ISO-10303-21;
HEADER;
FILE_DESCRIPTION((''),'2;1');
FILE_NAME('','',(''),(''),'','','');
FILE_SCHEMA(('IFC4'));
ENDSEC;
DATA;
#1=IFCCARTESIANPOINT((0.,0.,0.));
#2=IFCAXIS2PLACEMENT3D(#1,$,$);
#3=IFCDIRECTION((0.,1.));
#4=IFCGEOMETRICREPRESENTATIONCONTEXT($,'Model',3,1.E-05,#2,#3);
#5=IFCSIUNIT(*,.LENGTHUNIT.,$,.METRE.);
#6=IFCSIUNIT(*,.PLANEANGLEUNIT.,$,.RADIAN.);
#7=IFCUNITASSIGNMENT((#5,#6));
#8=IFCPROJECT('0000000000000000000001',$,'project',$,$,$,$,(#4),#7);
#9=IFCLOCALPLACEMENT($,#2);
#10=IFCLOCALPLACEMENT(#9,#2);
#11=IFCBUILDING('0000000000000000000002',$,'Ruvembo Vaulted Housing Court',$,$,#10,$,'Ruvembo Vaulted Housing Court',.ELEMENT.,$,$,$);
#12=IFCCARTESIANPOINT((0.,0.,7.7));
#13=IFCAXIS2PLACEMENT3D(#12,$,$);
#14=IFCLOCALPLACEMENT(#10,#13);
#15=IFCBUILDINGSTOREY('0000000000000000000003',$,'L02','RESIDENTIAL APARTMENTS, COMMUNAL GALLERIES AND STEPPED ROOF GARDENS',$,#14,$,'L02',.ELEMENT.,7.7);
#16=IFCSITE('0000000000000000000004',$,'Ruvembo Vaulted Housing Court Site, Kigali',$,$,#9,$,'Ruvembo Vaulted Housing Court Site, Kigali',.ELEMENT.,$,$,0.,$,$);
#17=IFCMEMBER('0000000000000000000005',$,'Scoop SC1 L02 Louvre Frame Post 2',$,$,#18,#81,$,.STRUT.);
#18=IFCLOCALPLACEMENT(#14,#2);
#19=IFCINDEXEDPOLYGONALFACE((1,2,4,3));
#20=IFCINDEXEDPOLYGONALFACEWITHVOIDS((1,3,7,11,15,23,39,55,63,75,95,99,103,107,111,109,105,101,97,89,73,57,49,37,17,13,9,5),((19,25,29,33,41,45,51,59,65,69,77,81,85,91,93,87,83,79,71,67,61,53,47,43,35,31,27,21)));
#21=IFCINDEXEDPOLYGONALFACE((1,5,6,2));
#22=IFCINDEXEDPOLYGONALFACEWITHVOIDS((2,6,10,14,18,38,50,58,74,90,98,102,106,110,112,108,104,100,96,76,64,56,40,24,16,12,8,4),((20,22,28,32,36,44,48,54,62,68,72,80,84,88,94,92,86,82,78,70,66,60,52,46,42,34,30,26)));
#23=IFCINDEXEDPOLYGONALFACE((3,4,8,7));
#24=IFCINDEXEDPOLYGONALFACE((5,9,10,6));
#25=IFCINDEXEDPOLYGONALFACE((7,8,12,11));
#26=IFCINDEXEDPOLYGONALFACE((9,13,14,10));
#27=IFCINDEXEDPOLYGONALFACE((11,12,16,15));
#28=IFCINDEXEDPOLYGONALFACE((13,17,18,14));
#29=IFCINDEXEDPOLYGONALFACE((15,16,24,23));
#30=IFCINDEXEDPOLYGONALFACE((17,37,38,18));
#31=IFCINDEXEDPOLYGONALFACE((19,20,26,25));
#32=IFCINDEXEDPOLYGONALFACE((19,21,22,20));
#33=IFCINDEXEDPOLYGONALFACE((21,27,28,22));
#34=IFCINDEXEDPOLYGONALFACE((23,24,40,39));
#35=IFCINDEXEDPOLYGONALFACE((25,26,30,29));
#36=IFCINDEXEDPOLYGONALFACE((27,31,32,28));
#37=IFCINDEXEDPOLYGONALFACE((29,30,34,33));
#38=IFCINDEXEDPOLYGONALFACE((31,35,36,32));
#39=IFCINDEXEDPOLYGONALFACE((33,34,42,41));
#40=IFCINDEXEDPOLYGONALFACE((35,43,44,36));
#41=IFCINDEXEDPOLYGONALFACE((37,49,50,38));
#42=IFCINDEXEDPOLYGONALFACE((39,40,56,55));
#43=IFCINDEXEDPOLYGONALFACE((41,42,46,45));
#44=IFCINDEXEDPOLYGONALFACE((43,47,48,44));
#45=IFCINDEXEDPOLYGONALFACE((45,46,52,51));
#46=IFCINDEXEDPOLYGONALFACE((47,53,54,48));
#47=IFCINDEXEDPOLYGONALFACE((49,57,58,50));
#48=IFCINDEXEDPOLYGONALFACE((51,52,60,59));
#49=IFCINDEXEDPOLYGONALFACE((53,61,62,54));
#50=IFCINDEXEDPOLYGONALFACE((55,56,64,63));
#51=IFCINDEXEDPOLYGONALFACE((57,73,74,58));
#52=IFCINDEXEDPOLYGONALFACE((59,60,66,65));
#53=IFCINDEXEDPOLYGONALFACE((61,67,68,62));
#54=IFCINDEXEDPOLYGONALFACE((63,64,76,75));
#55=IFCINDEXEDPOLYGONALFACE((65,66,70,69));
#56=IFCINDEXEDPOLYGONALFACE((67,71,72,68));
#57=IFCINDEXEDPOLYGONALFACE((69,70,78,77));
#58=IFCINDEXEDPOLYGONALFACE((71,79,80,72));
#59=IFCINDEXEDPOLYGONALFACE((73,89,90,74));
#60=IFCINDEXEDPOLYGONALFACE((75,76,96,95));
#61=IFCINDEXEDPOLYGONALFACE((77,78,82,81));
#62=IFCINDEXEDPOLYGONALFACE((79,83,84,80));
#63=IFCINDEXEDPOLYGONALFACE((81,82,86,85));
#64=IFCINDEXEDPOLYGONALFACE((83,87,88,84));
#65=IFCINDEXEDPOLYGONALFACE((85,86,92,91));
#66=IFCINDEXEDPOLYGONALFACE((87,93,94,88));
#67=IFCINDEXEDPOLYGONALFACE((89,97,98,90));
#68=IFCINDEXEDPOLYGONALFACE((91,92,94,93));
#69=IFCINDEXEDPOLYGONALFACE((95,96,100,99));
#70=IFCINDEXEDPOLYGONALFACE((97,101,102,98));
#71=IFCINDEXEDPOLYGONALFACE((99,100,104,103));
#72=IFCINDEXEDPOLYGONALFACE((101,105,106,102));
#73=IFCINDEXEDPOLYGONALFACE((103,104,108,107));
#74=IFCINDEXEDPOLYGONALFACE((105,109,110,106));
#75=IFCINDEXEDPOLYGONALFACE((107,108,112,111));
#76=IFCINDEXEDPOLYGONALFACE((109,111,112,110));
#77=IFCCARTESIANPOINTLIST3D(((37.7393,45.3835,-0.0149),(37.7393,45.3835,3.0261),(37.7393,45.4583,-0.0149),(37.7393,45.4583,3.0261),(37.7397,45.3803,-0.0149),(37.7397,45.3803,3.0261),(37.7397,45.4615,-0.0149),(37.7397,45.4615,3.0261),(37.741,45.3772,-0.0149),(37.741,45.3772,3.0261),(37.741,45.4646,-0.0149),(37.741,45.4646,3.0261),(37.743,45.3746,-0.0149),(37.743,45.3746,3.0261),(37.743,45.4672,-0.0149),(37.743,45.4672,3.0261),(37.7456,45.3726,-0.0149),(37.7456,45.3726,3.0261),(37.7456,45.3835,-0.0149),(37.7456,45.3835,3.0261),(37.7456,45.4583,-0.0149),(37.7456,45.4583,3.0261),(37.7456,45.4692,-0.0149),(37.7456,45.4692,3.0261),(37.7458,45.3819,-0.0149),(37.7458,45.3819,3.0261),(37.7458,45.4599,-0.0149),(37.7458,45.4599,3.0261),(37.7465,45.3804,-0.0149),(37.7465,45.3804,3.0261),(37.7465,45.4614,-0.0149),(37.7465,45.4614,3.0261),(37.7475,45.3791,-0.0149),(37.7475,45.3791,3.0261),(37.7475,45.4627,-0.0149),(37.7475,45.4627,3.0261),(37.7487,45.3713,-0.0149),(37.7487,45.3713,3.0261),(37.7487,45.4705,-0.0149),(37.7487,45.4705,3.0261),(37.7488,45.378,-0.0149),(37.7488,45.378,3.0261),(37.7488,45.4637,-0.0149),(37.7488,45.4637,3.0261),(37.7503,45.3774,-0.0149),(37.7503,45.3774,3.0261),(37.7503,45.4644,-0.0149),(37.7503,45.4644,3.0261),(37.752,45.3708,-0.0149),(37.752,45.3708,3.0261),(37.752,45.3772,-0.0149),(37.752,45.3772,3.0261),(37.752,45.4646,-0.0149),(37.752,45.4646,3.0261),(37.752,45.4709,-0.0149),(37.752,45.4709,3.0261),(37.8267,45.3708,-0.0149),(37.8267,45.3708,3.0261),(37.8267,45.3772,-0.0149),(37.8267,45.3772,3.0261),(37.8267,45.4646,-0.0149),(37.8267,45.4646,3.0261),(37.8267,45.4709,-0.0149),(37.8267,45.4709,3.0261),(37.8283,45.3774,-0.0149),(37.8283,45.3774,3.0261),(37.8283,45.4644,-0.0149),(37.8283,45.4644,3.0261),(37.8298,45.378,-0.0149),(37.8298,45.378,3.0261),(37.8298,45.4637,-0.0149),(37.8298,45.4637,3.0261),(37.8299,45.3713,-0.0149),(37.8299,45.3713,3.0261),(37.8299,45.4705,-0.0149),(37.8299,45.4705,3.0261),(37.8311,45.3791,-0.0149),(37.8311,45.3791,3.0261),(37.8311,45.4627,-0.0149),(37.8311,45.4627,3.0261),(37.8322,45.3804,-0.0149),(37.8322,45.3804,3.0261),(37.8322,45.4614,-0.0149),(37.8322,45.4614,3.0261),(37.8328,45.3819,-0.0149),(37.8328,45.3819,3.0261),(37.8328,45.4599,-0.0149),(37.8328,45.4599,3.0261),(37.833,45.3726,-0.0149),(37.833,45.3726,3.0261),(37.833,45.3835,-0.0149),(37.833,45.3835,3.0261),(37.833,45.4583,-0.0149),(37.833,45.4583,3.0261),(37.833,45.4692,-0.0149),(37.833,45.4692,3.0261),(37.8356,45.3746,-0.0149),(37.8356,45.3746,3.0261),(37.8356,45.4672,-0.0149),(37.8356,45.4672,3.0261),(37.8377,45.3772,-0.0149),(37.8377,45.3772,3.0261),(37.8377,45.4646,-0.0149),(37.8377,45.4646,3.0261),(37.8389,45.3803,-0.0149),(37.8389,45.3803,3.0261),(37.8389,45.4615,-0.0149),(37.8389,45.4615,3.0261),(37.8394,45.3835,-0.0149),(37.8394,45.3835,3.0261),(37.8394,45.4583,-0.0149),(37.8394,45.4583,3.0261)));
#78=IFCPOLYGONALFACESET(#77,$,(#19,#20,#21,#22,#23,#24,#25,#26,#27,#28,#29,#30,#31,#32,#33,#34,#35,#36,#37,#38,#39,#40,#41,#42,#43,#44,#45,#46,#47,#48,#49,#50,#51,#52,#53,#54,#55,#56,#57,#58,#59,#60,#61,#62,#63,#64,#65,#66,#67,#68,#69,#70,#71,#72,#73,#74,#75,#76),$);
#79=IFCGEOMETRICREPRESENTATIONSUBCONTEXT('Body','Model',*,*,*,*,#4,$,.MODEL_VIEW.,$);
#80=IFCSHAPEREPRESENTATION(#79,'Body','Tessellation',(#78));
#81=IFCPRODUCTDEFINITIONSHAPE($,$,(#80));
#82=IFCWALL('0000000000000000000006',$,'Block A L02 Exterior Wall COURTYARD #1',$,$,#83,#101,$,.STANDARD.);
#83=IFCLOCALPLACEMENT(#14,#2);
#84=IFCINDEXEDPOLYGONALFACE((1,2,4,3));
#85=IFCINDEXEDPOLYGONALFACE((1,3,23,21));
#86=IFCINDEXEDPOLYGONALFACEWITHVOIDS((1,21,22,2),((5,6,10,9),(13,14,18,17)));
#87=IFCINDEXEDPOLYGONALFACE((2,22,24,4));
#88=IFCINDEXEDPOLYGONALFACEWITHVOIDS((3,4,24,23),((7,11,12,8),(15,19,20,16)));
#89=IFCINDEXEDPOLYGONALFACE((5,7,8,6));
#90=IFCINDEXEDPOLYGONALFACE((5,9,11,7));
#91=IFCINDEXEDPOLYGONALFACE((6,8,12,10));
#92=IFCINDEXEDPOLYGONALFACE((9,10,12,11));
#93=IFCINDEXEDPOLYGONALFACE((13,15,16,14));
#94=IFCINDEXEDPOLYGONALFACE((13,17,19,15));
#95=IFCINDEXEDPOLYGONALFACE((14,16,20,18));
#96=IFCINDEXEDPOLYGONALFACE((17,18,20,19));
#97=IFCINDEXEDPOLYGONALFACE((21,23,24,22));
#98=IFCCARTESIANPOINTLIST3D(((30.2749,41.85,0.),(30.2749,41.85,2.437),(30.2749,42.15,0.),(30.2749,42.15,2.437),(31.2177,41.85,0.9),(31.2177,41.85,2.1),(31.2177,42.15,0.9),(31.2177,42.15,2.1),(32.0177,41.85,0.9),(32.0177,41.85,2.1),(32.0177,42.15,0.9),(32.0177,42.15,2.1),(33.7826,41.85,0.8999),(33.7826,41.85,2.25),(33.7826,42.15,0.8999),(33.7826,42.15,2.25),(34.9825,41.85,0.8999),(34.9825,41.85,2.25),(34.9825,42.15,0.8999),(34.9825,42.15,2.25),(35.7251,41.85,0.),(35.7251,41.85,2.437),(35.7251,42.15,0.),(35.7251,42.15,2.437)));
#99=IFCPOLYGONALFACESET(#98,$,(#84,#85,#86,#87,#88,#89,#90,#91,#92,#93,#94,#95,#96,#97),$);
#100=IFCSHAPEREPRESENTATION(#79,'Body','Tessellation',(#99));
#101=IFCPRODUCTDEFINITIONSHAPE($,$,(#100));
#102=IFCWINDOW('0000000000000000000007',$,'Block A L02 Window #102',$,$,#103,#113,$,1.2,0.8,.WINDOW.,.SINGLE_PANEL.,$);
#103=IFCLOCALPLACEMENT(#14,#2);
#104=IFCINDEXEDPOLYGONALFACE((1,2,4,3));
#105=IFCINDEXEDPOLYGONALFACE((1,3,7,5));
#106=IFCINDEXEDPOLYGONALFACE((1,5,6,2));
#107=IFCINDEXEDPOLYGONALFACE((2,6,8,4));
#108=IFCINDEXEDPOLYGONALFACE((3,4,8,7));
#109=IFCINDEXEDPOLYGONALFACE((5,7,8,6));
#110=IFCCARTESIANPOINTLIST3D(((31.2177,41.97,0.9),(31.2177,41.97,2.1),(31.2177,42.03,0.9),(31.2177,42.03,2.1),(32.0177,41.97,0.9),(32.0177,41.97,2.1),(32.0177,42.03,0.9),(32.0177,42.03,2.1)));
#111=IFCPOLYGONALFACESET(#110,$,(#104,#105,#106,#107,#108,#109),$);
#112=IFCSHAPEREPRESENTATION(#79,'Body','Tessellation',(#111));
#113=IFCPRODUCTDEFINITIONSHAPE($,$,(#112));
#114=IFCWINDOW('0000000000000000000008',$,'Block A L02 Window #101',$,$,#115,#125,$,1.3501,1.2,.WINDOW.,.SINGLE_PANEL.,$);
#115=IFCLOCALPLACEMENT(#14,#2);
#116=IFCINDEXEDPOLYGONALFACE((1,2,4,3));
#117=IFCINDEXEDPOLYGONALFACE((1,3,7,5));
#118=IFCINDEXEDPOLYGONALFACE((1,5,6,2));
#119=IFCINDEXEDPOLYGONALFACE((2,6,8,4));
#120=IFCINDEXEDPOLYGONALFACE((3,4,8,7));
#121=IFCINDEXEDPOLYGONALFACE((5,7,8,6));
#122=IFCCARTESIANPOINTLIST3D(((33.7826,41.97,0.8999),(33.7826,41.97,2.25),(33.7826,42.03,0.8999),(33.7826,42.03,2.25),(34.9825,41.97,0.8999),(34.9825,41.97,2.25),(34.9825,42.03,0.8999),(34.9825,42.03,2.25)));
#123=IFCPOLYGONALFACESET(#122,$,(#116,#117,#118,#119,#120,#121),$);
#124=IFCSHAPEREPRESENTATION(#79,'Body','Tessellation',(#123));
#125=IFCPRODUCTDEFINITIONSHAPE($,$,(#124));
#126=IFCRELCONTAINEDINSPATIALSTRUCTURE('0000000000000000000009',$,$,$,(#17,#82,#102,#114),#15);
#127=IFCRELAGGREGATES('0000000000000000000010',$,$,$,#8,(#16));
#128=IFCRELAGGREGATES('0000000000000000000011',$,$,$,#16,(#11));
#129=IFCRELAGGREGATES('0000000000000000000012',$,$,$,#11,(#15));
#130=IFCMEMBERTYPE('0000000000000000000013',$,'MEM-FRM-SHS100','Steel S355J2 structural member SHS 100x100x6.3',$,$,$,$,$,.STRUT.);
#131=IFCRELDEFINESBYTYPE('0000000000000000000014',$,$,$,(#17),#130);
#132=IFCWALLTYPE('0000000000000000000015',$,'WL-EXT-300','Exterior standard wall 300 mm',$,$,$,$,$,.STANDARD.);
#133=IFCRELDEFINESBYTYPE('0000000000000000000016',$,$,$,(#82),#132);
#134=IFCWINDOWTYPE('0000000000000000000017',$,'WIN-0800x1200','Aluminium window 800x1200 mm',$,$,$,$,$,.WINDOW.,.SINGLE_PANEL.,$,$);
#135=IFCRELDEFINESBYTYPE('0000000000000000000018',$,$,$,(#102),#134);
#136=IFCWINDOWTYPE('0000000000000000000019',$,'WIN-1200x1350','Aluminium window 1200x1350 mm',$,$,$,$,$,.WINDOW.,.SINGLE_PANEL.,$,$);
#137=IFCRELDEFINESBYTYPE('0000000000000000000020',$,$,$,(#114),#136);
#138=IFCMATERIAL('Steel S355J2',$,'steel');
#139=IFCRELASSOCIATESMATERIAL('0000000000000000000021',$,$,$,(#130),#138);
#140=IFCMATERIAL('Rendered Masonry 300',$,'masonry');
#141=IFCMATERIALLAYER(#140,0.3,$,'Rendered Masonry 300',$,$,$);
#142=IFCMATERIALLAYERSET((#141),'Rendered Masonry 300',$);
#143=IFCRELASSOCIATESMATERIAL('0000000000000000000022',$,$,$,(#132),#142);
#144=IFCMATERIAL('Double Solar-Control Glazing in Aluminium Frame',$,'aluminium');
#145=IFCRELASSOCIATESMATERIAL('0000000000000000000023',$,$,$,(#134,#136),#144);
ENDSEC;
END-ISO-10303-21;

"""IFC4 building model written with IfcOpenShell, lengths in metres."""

from ifc_helpers import new_model, si_unit, direction, frame, frame_2d, origin, origin_2d, place, context, subcontext, project, spatial, rectangle, hollow_rectangle, extrude, material, layer, layer_set, material_profile, profile_set, type_object, element, fill, save


model = new_model("IFC4")

# Units and contexts
model_context = context("Model", 3, precision=1e-05, world=origin(), true_north=direction((0.0, 1.0)))
body_context = subcontext(model_context, "Body", "Model", "MODEL_VIEW")
ifc_project = project(units=[si_unit("LENGTHUNIT", "METRE"), si_unit("PLANEANGLEUNIT", "RADIAN")], contexts=[model_context])

# Site, building, storey
site_placement = place(None, origin())
site = spatial("IfcSite", under=ifc_project, at=site_placement, Name="Ruvembo Vaulted Housing Court Site, Kigali", LongName="Ruvembo Vaulted Housing Court Site, Kigali", CompositionType="ELEMENT", RefElevation=0.0)
building_placement = place(site_placement, origin())
building = spatial("IfcBuilding", under=site, at=building_placement, Name="Ruvembo Vaulted Housing Court", LongName="Ruvembo Vaulted Housing Court", CompositionType="ELEMENT")
storey_placement = place(building_placement, frame((0.0, 0.0, 7.7)))
storey = spatial("IfcBuildingStorey", under=building, at=storey_placement, Name="L02", Description="RESIDENTIAL APARTMENTS, COMMUNAL GALLERIES AND STEPPED ROOF GARDENS", LongName="L02", CompositionType="ELEMENT", Elevation=7.7)

# Shared definitions
ifc_material_1 = material(Name="Steel S355J2", Category="steel")

# Member
ifc_material_profile_1 = material_profile(ifc_material_1, hollow_rectangle(XDim=0.1001, YDim=0.1001, WallThickness=0.0063, InnerFilletRadius=0.0063, OuterFilletRadius=0.0127, at=origin_2d()), Name="SHS 100x100x6.3")
ifc_profile_set_1 = profile_set([ifc_material_profile_1], Name="Steel S355J2")
member_type_1 = type_object("IfcMemberType", Name="MEM-FRM-SHS100", Description="Steel S355J2 structural member SHS 100x100x6.3", PredefinedType="STRUT", material=ifc_profile_set_1)
for number, where, z_axis, x_axis, name in (
    (1, (37.7893, 45.4209, -0.0149), (0.0, 0.0, 1.0), (1.0, 0.0, 0.0), "Scoop SC1 L02 Louvre Frame Post 2"),
):
    element("IfcMember", number, at=place(storey_placement, frame(where, z_axis=z_axis, x_axis=x_axis)), inside=storey, type_object=member_type_1, Name=name, PredefinedType="STRUT", context=body_context, shape_type="SweptSolid", body=[
        extrude(hollow_rectangle(XDim=0.1001, YDim=0.1001, WallThickness=0.0063, InnerFilletRadius=0.0063, OuterFilletRadius=0.0127, at=origin_2d()), origin(), (0.0, 0.0, 1.0), 3.041),
    ])

# Wall, openings, windows
ifc_material_2 = material(Name="Rendered Masonry 300", Category="masonry")
ifc_layer_1 = layer(ifc_material_2, 0.3, Name="Rendered Masonry 300")
ifc_layer_set_1 = layer_set([ifc_layer_1], Name="Rendered Masonry 300")
wall_type = type_object("IfcWallType", Name="WL-EXT-300", Description="Exterior standard wall 300 mm", PredefinedType="STANDARD", material=ifc_layer_set_1)
wall_placement = place(storey_placement, frame((35.7251, 42.0, 0.0), z_axis=(0.0, 0.0, 1.0), x_axis=(-1.0, 0.0, 0.0)))
wall = element("IfcWall", 2, at=wall_placement, inside=storey, type_object=wall_type, Name="Block A L02 Exterior Wall COURTYARD #1", PredefinedType="STANDARD", context=body_context, shape_type="SweptSolid", body=[
    extrude(rectangle(XDim=5.4502, YDim=0.3, at=frame_2d((2.7251, 0.0))), origin(), (0.0, 0.0, 1.0), 2.437),
])
opening_1_placement = place(wall_placement, frame((0.7424, 0.0, 0.8999)))
opening_1 = element("IfcOpeningElement", 3, at=opening_1_placement, cuts=wall, PredefinedType="OPENING", context=body_context, shape_type="SweptSolid", body=[
    extrude(rectangle(XDim=1.2, YDim=1.3501, at=frame_2d((0.6001, 0.675))), frame((0.0, 0.1599, 0.0), z_axis=(0.0, -1.0, 0.0), x_axis=(1.0, 0.0, 0.0)), (0.0, 0.0, 1.0), 0.3201),
])
opening_2_placement = place(wall_placement, frame((3.7075, 0.0, 0.8999)))
opening_2 = element("IfcOpeningElement", 4, at=opening_2_placement, cuts=wall, PredefinedType="OPENING", context=body_context, shape_type="SweptSolid", body=[
    extrude(rectangle(XDim=0.8, YDim=1.2, at=frame_2d((0.3999, 0.6001))), frame((0.0, 0.1599, 0.0), z_axis=(0.0, -1.0, 0.0), x_axis=(1.0, 0.0, 0.0)), (0.0, 0.0, 1.0), 0.3201),
])
ifc_material_3 = material(Name="Double Solar-Control Glazing in Aluminium Frame", Category="aluminium")
window_type_1 = type_object("IfcWindowType", Name="WIN-0800x1200", Description="Aluminium window 800x1200 mm", PartitioningType="SINGLE_PANEL", PredefinedType="WINDOW", material=ifc_material_3)
window_1_placement = place(opening_2_placement, origin())
window_1 = element("IfcWindow", 5, at=window_1_placement, inside=storey, type_object=window_type_1, Name="Block A L02 Window #102", OverallHeight=1.2, OverallWidth=0.8, PartitioningType="SINGLE_PANEL", PredefinedType="WINDOW", context=body_context, shape_type="SweptSolid", body=[
    extrude(rectangle(XDim=0.8, YDim=1.2, at=frame_2d((0.3999, 0.6001))), frame((0.0, 0.03, 0.0), z_axis=(0.0, -1.0, 0.0), x_axis=(1.0, 0.0, 0.0)), (0.0, 0.0, 1.0), 0.0601),
])
fill(opening_2, window_1)
window_type_2 = type_object("IfcWindowType", Name="WIN-1200x1350", Description="Aluminium window 1200x1350 mm", PartitioningType="SINGLE_PANEL", PredefinedType="WINDOW", material=ifc_material_3)
window_2_placement = place(opening_1_placement, origin())
window_2 = element("IfcWindow", 6, at=window_2_placement, inside=storey, type_object=window_type_2, Name="Block A L02 Window #101", OverallHeight=1.3501, OverallWidth=1.2, PartitioningType="SINGLE_PANEL", PredefinedType="WINDOW", context=body_context, shape_type="SweptSolid", body=[
    extrude(rectangle(XDim=1.2, YDim=1.3501, at=frame_2d((0.6001, 0.675))), frame((0.0, 0.03, 0.0), z_axis=(0.0, -1.0, 0.0), x_axis=(1.0, 0.0, 0.0)), (0.0, 0.0, 1.0), 0.0601),
])
fill(opening_1, window_2)

save(model, "model.ifc")
